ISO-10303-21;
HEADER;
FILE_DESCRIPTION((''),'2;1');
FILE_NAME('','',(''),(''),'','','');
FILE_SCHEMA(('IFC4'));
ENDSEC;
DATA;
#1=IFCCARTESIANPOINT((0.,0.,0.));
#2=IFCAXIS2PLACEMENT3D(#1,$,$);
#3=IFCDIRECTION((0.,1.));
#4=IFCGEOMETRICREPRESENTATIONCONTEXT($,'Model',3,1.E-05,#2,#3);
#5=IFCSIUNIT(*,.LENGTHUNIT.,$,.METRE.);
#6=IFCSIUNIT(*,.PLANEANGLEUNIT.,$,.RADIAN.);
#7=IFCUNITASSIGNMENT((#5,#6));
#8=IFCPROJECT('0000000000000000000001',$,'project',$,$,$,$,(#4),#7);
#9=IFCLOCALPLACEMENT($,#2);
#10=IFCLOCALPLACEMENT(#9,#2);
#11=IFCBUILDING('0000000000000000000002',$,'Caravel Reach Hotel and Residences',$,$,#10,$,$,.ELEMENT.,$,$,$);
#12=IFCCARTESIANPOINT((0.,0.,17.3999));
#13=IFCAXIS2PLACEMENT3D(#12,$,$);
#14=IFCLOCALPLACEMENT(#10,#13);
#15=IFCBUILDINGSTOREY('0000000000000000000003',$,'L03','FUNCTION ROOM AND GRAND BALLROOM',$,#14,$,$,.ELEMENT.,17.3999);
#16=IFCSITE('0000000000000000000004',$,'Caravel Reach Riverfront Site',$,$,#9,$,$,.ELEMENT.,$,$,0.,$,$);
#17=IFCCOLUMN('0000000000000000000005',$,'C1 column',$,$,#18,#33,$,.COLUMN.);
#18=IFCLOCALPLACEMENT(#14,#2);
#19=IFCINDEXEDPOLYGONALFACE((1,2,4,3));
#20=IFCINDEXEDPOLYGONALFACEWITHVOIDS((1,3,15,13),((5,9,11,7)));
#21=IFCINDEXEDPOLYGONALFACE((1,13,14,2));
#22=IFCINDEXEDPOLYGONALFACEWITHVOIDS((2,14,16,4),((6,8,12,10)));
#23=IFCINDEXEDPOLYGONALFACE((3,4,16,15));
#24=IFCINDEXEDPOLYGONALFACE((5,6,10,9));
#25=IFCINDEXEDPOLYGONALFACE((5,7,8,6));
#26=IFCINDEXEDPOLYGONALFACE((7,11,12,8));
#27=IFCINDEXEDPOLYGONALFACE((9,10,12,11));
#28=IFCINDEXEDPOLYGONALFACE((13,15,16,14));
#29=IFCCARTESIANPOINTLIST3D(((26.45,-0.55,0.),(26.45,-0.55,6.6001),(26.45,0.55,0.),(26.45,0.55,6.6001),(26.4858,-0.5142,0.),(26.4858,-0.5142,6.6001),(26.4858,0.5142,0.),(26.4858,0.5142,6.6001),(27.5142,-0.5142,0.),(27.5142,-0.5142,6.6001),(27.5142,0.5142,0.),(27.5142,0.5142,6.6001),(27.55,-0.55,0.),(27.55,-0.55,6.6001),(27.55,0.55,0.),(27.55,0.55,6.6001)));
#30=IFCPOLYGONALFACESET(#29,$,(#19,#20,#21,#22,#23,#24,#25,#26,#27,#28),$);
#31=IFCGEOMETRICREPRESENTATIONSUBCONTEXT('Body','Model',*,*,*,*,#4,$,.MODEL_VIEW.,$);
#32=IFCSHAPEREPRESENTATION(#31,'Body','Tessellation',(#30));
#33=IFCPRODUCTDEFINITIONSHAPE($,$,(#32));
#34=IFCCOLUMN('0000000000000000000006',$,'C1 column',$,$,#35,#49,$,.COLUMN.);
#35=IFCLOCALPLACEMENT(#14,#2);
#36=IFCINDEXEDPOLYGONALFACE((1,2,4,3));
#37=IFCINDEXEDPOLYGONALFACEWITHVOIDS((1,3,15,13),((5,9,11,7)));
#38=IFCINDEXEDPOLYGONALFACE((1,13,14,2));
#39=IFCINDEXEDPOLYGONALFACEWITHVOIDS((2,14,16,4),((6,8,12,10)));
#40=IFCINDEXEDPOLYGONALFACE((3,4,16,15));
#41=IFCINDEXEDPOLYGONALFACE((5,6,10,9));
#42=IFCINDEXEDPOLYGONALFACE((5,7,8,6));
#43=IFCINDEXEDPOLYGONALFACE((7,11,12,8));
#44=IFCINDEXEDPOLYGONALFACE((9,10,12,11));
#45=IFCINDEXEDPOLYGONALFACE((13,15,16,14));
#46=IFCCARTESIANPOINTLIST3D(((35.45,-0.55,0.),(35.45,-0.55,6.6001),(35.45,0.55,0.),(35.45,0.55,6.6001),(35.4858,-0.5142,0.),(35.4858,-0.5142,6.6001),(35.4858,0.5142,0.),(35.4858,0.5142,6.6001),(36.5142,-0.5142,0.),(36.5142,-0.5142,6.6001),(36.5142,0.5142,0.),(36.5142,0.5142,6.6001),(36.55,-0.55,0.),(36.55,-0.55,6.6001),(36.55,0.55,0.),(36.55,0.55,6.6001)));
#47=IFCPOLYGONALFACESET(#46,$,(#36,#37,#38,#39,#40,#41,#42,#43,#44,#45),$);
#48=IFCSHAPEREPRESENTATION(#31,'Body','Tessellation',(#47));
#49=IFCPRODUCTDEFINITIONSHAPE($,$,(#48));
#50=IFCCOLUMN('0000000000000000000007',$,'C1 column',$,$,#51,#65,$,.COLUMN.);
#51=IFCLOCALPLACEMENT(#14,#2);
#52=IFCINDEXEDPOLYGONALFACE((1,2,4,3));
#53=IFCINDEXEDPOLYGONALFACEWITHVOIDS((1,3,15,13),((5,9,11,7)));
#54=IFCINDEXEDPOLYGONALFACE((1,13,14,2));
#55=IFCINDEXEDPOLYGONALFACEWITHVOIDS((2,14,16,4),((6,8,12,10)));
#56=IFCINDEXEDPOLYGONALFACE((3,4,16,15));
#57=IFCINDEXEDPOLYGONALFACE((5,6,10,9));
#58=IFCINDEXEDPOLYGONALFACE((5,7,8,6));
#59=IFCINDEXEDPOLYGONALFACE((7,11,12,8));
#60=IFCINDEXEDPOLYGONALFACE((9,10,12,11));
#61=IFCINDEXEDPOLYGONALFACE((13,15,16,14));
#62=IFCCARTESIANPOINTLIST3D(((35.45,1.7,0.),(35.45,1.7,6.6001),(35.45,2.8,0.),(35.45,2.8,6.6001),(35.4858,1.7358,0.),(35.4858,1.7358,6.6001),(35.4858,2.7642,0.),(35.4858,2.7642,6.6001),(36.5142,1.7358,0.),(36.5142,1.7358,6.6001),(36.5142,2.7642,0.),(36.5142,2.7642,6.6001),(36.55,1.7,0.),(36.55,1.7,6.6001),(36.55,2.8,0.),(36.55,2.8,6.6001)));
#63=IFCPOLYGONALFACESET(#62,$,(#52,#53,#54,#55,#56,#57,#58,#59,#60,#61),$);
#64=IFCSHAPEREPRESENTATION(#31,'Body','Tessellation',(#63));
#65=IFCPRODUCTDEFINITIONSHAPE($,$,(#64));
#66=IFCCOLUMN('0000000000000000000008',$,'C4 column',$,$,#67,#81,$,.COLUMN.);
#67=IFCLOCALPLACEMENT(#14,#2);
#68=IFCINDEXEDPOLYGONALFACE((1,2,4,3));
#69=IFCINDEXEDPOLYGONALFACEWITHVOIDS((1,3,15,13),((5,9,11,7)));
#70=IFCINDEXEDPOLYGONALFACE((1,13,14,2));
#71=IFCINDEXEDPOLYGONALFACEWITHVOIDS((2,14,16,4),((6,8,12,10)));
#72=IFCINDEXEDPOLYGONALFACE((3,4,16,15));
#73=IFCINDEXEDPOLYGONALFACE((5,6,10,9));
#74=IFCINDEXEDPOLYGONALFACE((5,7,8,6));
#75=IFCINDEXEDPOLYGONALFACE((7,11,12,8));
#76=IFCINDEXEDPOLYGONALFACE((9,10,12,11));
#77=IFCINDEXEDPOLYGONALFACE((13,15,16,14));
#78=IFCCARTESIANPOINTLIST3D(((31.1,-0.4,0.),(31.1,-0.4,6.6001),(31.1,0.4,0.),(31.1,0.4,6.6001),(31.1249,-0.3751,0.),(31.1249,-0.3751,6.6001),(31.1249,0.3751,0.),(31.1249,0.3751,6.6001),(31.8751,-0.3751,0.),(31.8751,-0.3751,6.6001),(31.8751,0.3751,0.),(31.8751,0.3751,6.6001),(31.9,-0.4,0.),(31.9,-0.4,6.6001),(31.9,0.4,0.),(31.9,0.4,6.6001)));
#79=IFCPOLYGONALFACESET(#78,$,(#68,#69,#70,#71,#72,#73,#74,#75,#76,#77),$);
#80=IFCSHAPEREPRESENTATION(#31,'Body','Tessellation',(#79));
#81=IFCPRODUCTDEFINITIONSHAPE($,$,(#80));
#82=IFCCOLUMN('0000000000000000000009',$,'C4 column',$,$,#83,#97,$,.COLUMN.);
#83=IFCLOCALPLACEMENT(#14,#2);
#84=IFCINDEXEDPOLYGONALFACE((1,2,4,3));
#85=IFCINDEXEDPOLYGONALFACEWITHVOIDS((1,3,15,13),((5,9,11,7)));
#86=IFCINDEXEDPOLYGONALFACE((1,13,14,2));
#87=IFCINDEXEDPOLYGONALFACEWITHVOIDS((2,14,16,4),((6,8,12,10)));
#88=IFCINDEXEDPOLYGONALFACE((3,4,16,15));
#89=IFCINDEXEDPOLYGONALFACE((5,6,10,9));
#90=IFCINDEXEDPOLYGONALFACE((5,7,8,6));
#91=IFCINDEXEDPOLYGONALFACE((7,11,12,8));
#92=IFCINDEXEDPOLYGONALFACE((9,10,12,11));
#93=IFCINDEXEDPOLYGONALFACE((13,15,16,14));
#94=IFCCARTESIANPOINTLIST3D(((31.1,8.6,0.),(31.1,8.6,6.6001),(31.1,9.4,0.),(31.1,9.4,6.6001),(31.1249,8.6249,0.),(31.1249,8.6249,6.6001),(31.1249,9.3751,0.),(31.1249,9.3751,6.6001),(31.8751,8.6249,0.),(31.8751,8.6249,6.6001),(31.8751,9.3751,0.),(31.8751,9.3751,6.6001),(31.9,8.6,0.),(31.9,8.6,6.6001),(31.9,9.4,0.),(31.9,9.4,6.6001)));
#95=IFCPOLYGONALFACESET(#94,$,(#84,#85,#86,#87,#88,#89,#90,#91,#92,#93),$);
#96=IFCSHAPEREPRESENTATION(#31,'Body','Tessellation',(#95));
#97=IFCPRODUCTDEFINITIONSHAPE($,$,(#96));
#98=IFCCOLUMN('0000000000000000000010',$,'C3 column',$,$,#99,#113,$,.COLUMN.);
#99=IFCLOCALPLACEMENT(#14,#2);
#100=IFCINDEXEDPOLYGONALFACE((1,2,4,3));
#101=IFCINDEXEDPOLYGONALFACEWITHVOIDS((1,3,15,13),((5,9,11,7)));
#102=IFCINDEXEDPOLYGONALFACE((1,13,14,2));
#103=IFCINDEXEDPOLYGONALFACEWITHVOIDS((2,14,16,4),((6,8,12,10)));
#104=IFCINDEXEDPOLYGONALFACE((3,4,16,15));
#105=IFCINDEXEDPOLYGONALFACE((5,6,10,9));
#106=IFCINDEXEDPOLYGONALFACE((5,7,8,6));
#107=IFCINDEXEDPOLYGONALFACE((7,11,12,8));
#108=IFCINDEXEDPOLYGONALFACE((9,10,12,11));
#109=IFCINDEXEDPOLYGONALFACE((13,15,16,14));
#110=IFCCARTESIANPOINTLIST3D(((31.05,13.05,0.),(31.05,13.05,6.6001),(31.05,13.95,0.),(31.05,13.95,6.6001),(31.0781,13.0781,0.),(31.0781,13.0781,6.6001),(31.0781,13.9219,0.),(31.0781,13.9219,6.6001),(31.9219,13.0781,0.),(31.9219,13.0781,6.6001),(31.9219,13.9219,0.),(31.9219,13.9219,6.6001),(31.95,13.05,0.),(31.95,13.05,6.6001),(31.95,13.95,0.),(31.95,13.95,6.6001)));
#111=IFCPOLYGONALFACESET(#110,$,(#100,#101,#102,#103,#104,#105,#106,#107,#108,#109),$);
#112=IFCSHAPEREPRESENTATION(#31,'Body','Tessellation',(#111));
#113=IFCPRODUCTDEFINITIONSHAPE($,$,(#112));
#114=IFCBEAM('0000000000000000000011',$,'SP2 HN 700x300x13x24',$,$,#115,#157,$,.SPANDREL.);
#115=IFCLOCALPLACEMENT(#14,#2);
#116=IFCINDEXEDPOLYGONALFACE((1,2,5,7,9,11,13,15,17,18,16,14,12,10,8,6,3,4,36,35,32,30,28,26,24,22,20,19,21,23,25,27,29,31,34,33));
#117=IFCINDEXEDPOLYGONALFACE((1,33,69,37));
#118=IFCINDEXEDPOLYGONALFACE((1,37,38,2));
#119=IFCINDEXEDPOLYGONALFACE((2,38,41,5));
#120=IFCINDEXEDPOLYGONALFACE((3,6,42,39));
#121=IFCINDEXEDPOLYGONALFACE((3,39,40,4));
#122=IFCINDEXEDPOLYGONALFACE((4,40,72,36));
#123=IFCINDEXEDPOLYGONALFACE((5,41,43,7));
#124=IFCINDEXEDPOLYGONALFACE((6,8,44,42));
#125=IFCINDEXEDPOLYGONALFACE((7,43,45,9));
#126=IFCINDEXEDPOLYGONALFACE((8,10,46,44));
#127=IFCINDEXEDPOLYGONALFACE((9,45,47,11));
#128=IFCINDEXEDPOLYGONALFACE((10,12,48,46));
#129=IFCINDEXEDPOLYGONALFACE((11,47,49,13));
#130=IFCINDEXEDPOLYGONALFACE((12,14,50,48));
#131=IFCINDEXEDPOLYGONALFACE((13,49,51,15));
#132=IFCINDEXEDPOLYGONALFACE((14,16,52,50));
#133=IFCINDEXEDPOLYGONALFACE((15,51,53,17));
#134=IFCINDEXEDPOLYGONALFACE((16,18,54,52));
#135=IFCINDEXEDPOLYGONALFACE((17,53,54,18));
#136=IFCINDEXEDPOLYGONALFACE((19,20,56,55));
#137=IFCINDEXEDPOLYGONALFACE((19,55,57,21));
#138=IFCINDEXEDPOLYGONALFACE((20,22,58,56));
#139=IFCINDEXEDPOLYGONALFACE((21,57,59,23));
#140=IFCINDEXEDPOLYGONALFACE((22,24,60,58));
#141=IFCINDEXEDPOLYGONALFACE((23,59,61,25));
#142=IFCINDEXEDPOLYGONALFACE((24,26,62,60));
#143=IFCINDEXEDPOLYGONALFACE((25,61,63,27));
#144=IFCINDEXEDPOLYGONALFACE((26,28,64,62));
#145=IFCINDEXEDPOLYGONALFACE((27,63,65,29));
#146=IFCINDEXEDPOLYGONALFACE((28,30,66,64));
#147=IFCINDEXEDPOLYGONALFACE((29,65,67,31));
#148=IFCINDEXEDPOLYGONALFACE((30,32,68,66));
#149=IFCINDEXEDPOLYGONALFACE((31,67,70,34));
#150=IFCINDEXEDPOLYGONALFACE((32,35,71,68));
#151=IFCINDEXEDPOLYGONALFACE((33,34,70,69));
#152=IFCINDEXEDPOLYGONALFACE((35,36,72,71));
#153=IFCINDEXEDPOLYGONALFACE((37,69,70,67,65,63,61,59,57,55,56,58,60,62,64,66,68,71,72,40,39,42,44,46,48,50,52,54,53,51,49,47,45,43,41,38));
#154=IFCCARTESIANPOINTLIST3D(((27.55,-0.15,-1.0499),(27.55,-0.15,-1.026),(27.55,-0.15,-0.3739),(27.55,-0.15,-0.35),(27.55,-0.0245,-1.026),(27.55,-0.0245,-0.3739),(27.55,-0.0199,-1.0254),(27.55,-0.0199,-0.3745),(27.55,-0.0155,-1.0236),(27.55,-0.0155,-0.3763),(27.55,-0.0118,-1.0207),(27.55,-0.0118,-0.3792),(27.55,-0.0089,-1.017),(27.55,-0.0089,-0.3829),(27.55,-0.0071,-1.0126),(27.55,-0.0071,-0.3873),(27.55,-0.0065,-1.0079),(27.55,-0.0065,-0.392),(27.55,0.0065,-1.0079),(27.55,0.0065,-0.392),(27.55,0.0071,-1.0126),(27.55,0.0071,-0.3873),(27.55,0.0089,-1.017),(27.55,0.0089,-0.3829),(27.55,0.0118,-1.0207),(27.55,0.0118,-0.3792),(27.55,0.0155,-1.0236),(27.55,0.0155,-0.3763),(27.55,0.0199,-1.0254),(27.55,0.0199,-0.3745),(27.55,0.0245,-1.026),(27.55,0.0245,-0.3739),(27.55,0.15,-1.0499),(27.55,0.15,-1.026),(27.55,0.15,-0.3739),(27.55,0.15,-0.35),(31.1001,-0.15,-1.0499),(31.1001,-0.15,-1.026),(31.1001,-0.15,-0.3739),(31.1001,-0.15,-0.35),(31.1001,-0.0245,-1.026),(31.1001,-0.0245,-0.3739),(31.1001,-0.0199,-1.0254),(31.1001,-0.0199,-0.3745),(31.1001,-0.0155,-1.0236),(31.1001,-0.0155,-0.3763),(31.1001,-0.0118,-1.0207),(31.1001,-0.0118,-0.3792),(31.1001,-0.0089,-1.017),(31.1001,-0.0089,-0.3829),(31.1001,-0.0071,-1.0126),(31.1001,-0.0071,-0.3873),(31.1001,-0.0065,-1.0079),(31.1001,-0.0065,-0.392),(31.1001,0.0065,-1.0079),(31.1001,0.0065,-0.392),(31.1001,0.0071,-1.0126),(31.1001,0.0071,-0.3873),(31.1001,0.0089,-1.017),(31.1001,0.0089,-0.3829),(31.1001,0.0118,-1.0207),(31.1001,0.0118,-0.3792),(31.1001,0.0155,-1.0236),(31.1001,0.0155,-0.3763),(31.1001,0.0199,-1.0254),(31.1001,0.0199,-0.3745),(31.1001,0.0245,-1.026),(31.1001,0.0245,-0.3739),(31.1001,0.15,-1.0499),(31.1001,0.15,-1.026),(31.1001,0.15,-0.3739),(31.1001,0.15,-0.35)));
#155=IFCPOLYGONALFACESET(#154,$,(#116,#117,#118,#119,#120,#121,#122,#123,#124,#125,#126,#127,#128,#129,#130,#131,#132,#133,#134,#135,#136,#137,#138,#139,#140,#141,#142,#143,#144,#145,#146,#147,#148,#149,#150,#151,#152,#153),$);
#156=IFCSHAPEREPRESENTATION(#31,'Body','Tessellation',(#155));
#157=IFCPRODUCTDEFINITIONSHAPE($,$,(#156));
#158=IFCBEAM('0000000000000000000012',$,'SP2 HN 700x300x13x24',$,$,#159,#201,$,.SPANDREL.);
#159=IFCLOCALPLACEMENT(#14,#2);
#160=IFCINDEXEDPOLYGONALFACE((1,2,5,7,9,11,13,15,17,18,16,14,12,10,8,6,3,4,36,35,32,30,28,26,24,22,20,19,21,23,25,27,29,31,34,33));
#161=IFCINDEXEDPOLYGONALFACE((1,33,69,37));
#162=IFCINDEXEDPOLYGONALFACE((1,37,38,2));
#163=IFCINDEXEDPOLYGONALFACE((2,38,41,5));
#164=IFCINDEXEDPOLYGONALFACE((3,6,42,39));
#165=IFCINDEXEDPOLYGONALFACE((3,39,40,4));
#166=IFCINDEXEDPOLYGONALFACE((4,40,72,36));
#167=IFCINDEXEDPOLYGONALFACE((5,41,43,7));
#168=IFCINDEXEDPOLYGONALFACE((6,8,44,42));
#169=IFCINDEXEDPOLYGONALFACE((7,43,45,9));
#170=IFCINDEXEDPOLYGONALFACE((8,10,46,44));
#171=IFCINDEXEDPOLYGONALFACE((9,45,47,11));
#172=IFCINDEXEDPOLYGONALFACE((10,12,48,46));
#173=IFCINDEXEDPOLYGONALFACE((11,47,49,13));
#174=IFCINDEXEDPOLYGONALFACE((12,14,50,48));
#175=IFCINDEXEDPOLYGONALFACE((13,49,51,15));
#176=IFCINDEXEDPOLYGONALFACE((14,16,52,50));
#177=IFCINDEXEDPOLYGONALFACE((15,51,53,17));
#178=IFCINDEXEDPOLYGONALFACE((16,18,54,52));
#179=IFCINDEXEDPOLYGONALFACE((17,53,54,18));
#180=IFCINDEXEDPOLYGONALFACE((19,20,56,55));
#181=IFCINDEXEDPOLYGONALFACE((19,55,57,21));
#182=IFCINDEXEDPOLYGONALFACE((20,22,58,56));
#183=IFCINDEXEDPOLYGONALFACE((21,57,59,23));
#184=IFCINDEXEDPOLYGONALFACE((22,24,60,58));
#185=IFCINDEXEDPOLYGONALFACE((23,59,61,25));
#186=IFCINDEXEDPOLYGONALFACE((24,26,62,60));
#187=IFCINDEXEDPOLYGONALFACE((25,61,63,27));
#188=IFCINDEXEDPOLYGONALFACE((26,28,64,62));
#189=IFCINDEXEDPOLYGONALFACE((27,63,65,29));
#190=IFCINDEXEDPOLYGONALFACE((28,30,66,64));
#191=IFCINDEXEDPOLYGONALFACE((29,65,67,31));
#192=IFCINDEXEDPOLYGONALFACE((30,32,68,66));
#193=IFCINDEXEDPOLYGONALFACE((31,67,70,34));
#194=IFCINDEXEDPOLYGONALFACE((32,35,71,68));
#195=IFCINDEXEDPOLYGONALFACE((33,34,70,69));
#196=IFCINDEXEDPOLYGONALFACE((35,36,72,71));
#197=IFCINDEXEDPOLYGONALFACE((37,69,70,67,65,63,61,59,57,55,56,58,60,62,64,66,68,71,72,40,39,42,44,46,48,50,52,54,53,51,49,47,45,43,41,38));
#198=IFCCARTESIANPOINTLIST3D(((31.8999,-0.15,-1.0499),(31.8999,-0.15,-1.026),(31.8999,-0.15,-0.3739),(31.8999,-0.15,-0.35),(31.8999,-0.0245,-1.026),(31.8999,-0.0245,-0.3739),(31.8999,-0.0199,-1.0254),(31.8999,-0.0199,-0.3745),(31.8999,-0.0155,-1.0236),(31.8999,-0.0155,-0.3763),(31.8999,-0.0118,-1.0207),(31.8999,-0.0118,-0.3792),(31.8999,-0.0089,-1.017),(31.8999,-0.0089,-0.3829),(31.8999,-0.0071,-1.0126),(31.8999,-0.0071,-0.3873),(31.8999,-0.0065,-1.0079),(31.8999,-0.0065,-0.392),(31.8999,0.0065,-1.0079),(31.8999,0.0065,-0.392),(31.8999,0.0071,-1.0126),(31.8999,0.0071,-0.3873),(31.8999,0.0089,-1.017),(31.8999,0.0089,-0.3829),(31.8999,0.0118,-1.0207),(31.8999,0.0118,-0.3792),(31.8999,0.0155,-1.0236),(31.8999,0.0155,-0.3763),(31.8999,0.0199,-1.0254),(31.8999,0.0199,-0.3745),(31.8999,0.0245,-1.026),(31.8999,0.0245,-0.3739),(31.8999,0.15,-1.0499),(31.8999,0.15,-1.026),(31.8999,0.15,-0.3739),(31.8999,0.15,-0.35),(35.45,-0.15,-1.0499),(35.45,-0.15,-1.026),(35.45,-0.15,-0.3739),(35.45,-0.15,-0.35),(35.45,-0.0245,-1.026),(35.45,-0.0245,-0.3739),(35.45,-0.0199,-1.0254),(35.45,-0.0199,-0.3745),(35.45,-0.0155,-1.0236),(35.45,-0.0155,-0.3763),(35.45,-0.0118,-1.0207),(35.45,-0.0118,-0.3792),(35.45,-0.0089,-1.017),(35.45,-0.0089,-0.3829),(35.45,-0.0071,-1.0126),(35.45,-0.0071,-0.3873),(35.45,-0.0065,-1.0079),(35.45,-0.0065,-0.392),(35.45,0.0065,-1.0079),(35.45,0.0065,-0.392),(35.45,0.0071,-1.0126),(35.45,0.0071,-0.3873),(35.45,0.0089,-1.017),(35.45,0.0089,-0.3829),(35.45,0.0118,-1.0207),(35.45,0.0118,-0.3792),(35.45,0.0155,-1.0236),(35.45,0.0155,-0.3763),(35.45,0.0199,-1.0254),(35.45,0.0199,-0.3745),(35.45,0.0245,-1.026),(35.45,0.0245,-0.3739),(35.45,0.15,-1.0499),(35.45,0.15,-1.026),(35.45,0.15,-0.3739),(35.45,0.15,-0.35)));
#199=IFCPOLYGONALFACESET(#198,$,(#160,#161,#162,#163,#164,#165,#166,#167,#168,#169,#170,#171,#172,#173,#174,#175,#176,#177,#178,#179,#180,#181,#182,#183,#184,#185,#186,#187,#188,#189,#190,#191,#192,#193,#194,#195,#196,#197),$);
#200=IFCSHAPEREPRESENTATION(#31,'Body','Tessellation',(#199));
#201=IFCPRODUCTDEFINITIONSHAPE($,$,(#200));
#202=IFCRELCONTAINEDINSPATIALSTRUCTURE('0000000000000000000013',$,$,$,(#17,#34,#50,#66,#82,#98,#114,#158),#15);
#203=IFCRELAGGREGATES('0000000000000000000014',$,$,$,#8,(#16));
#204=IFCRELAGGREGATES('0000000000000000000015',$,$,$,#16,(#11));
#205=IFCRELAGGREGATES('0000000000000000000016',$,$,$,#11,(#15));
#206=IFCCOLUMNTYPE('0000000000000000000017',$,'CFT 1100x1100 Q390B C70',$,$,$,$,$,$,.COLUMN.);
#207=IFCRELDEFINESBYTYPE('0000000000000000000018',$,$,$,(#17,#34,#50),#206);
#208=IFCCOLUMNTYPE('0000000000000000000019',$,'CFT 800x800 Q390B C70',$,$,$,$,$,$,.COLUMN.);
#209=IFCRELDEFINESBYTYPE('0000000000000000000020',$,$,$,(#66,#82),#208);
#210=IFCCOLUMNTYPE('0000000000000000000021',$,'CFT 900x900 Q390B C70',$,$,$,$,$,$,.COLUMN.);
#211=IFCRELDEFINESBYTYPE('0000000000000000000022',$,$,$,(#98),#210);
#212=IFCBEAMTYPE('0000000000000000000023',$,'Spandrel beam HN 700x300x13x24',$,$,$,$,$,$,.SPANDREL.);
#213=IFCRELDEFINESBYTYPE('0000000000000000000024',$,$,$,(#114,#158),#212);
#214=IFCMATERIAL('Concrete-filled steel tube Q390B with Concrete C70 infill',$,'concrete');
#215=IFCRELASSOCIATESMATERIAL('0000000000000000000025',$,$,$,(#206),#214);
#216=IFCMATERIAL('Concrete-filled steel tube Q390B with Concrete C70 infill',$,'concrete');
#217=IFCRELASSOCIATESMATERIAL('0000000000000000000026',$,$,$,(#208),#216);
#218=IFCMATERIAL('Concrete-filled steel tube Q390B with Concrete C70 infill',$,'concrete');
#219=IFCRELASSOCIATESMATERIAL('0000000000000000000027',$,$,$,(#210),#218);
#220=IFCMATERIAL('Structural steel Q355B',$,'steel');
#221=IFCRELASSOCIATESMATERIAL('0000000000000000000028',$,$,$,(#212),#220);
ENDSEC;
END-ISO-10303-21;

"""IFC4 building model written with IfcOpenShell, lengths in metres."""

from ifc_helpers import new_model, si_unit, direction, frame, origin, origin_2d, place, context, subcontext, project, spatial, hollow_rectangle, i_section, extrude, material, material_profile, profile_set, type_object, element, save


model = new_model("IFC4")

# Units and contexts
model_context = context("Model", 3, precision=1e-05, world=origin(), true_north=direction((0.0, 1.0)))
body_context = subcontext(model_context, "Body", "Model", "MODEL_VIEW")
ifc_project = project(units=[si_unit("LENGTHUNIT", "METRE"), si_unit("PLANEANGLEUNIT", "RADIAN")], contexts=[model_context])

# Site, building, storey
site_placement = place(None, origin())
site = spatial("IfcSite", under=ifc_project, at=site_placement, Name="Caravel Reach Riverfront Site", CompositionType="ELEMENT", RefElevation=0.0)
building_placement = place(site_placement, origin())
building = spatial("IfcBuilding", under=site, at=building_placement, Name="Caravel Reach Hotel and Residences", CompositionType="ELEMENT")
storey_placement = place(building_placement, frame((0.0, 0.0, 17.3999)))
storey = spatial("IfcBuildingStorey", under=building, at=storey_placement, Name="L03", Description="FUNCTION ROOM AND GRAND BALLROOM", CompositionType="ELEMENT", Elevation=17.3999)

# Columns
ifc_material_1 = material(Name="Concrete-filled steel tube Q390B with Concrete C70 infill", Category="concrete")
ifc_material_profile_1 = material_profile(ifc_material_1, hollow_rectangle(XDim=1.1001, YDim=1.1001, WallThickness=0.0359, at=origin_2d()), Name="RHS 1100x1100x36")
ifc_profile_set_1 = profile_set([ifc_material_profile_1], Name="Concrete-filled steel tube Q390B with Concrete C70 infill")
column_type_1 = type_object("IfcColumnType", Name="CFT 1100x1100 Q390B C70", PredefinedType="COLUMN", material=ifc_profile_set_1)
for number, where, z_axis, x_axis, name in (
    (1, (27.0, 0.0, 0.0), (0.0, 0.0, 1.0), (1.0, 0.0, 0.0), "C1 column"),
    (2, (36.0, 0.0, 0.0), (0.0, 0.0, 1.0), (1.0, 0.0, 0.0), "C1 column"),
    (3, (36.0, 2.25, 0.0), (0.0, 0.0, 1.0), (1.0, 0.0, 0.0), "C1 column"),
):
    element("IfcColumn", number, at=place(storey_placement, frame(where, z_axis=z_axis, x_axis=x_axis)), inside=storey, type_object=column_type_1, Name=name, PredefinedType="COLUMN", context=body_context, shape_type="SweptSolid", body=[
        extrude(hollow_rectangle(XDim=1.1001, YDim=1.1001, WallThickness=0.0359, at=origin_2d()), origin(), (0.0, 0.0, 1.0), 6.6001),
    ])
ifc_material_2 = material(Name="Concrete-filled steel tube Q390B with Concrete C70 infill", Category="concrete")
ifc_material_profile_2 = material_profile(ifc_material_2, hollow_rectangle(XDim=0.8, YDim=0.8, WallThickness=0.0249, at=origin_2d()), Name="RHS 800x800x25")
ifc_profile_set_2 = profile_set([ifc_material_profile_2], Name="Concrete-filled steel tube Q390B with Concrete C70 infill")
column_type_2 = type_object("IfcColumnType", Name="CFT 800x800 Q390B C70", PredefinedType="COLUMN", material=ifc_profile_set_2)
for number, where, z_axis, x_axis, name in (
    (4, (31.5, 0.0, 0.0), (0.0, 0.0, 1.0), (1.0, 0.0, 0.0), "C4 column"),
    (5, (31.5, 9.0, 0.0), (0.0, 0.0, 1.0), (1.0, 0.0, 0.0), "C4 column"),
):
    element("IfcColumn", number, at=place(storey_placement, frame(where, z_axis=z_axis, x_axis=x_axis)), inside=storey, type_object=column_type_2, Name=name, PredefinedType="COLUMN", context=body_context, shape_type="SweptSolid", body=[
        extrude(hollow_rectangle(XDim=0.8, YDim=0.8, WallThickness=0.0249, at=origin_2d()), origin(), (0.0, 0.0, 1.0), 6.6001),
    ])
ifc_material_3 = material(Name="Concrete-filled steel tube Q390B with Concrete C70 infill", Category="concrete")
ifc_material_profile_3 = material_profile(ifc_material_3, hollow_rectangle(XDim=0.8999, YDim=0.8999, WallThickness=0.0281, at=origin_2d()), Name="RHS 900x900x28")
ifc_profile_set_3 = profile_set([ifc_material_profile_3], Name="Concrete-filled steel tube Q390B with Concrete C70 infill")
column_type_3 = type_object("IfcColumnType", Name="CFT 900x900 Q390B C70", PredefinedType="COLUMN", material=ifc_profile_set_3)
column_placement = place(storey_placement, frame((31.5, 13.5, 0.0), z_axis=(0.0, 0.0, 1.0), x_axis=(1.0, 0.0, 0.0)))
element("IfcColumn", 6, at=column_placement, inside=storey, type_object=column_type_3, Name="C3 column", PredefinedType="COLUMN", context=body_context, shape_type="SweptSolid", body=[
    extrude(hollow_rectangle(XDim=0.8999, YDim=0.8999, WallThickness=0.0281, at=origin_2d()), origin(), (0.0, 0.0, 1.0), 6.6001),
])

# Beams
ifc_material_4 = material(Name="Structural steel Q355B", Category="steel")
ifc_material_profile_4 = material_profile(ifc_material_4, i_section(OverallWidth=0.3, OverallDepth=0.7, WebThickness=0.0129, FlangeThickness=0.0239, FilletRadius=0.0181, at=origin_2d()), Name="HN 700x300x13x24")
ifc_profile_set_4 = profile_set([ifc_material_profile_4], Name="Structural steel Q355B")
beam_type = type_object("IfcBeamType", Name="Spandrel beam HN 700x300x13x24", PredefinedType="SPANDREL", material=ifc_profile_set_4)
for number, where, z_axis, x_axis, name in (
    (7, (27.55, 0.0, -0.7), (1.0, 0.0, 0.0), (0.0, 1.0, 0.0), "SP2 HN 700x300x13x24"),
    (8, (31.8999, 0.0, -0.7), (1.0, 0.0, 0.0), (0.0, 1.0, 0.0), "SP2 HN 700x300x13x24"),
):
    element("IfcBeam", number, at=place(storey_placement, frame(where, z_axis=z_axis, x_axis=x_axis)), inside=storey, type_object=beam_type, Name=name, PredefinedType="SPANDREL", context=body_context, shape_type="SweptSolid", body=[
        extrude(i_section(OverallWidth=0.3, OverallDepth=0.7, WebThickness=0.0129, FlangeThickness=0.0239, FilletRadius=0.0181, at=origin_2d()), origin(), (0.0, 0.0, 1.0), 3.55),
    ])

save(model, "model.ifc")
